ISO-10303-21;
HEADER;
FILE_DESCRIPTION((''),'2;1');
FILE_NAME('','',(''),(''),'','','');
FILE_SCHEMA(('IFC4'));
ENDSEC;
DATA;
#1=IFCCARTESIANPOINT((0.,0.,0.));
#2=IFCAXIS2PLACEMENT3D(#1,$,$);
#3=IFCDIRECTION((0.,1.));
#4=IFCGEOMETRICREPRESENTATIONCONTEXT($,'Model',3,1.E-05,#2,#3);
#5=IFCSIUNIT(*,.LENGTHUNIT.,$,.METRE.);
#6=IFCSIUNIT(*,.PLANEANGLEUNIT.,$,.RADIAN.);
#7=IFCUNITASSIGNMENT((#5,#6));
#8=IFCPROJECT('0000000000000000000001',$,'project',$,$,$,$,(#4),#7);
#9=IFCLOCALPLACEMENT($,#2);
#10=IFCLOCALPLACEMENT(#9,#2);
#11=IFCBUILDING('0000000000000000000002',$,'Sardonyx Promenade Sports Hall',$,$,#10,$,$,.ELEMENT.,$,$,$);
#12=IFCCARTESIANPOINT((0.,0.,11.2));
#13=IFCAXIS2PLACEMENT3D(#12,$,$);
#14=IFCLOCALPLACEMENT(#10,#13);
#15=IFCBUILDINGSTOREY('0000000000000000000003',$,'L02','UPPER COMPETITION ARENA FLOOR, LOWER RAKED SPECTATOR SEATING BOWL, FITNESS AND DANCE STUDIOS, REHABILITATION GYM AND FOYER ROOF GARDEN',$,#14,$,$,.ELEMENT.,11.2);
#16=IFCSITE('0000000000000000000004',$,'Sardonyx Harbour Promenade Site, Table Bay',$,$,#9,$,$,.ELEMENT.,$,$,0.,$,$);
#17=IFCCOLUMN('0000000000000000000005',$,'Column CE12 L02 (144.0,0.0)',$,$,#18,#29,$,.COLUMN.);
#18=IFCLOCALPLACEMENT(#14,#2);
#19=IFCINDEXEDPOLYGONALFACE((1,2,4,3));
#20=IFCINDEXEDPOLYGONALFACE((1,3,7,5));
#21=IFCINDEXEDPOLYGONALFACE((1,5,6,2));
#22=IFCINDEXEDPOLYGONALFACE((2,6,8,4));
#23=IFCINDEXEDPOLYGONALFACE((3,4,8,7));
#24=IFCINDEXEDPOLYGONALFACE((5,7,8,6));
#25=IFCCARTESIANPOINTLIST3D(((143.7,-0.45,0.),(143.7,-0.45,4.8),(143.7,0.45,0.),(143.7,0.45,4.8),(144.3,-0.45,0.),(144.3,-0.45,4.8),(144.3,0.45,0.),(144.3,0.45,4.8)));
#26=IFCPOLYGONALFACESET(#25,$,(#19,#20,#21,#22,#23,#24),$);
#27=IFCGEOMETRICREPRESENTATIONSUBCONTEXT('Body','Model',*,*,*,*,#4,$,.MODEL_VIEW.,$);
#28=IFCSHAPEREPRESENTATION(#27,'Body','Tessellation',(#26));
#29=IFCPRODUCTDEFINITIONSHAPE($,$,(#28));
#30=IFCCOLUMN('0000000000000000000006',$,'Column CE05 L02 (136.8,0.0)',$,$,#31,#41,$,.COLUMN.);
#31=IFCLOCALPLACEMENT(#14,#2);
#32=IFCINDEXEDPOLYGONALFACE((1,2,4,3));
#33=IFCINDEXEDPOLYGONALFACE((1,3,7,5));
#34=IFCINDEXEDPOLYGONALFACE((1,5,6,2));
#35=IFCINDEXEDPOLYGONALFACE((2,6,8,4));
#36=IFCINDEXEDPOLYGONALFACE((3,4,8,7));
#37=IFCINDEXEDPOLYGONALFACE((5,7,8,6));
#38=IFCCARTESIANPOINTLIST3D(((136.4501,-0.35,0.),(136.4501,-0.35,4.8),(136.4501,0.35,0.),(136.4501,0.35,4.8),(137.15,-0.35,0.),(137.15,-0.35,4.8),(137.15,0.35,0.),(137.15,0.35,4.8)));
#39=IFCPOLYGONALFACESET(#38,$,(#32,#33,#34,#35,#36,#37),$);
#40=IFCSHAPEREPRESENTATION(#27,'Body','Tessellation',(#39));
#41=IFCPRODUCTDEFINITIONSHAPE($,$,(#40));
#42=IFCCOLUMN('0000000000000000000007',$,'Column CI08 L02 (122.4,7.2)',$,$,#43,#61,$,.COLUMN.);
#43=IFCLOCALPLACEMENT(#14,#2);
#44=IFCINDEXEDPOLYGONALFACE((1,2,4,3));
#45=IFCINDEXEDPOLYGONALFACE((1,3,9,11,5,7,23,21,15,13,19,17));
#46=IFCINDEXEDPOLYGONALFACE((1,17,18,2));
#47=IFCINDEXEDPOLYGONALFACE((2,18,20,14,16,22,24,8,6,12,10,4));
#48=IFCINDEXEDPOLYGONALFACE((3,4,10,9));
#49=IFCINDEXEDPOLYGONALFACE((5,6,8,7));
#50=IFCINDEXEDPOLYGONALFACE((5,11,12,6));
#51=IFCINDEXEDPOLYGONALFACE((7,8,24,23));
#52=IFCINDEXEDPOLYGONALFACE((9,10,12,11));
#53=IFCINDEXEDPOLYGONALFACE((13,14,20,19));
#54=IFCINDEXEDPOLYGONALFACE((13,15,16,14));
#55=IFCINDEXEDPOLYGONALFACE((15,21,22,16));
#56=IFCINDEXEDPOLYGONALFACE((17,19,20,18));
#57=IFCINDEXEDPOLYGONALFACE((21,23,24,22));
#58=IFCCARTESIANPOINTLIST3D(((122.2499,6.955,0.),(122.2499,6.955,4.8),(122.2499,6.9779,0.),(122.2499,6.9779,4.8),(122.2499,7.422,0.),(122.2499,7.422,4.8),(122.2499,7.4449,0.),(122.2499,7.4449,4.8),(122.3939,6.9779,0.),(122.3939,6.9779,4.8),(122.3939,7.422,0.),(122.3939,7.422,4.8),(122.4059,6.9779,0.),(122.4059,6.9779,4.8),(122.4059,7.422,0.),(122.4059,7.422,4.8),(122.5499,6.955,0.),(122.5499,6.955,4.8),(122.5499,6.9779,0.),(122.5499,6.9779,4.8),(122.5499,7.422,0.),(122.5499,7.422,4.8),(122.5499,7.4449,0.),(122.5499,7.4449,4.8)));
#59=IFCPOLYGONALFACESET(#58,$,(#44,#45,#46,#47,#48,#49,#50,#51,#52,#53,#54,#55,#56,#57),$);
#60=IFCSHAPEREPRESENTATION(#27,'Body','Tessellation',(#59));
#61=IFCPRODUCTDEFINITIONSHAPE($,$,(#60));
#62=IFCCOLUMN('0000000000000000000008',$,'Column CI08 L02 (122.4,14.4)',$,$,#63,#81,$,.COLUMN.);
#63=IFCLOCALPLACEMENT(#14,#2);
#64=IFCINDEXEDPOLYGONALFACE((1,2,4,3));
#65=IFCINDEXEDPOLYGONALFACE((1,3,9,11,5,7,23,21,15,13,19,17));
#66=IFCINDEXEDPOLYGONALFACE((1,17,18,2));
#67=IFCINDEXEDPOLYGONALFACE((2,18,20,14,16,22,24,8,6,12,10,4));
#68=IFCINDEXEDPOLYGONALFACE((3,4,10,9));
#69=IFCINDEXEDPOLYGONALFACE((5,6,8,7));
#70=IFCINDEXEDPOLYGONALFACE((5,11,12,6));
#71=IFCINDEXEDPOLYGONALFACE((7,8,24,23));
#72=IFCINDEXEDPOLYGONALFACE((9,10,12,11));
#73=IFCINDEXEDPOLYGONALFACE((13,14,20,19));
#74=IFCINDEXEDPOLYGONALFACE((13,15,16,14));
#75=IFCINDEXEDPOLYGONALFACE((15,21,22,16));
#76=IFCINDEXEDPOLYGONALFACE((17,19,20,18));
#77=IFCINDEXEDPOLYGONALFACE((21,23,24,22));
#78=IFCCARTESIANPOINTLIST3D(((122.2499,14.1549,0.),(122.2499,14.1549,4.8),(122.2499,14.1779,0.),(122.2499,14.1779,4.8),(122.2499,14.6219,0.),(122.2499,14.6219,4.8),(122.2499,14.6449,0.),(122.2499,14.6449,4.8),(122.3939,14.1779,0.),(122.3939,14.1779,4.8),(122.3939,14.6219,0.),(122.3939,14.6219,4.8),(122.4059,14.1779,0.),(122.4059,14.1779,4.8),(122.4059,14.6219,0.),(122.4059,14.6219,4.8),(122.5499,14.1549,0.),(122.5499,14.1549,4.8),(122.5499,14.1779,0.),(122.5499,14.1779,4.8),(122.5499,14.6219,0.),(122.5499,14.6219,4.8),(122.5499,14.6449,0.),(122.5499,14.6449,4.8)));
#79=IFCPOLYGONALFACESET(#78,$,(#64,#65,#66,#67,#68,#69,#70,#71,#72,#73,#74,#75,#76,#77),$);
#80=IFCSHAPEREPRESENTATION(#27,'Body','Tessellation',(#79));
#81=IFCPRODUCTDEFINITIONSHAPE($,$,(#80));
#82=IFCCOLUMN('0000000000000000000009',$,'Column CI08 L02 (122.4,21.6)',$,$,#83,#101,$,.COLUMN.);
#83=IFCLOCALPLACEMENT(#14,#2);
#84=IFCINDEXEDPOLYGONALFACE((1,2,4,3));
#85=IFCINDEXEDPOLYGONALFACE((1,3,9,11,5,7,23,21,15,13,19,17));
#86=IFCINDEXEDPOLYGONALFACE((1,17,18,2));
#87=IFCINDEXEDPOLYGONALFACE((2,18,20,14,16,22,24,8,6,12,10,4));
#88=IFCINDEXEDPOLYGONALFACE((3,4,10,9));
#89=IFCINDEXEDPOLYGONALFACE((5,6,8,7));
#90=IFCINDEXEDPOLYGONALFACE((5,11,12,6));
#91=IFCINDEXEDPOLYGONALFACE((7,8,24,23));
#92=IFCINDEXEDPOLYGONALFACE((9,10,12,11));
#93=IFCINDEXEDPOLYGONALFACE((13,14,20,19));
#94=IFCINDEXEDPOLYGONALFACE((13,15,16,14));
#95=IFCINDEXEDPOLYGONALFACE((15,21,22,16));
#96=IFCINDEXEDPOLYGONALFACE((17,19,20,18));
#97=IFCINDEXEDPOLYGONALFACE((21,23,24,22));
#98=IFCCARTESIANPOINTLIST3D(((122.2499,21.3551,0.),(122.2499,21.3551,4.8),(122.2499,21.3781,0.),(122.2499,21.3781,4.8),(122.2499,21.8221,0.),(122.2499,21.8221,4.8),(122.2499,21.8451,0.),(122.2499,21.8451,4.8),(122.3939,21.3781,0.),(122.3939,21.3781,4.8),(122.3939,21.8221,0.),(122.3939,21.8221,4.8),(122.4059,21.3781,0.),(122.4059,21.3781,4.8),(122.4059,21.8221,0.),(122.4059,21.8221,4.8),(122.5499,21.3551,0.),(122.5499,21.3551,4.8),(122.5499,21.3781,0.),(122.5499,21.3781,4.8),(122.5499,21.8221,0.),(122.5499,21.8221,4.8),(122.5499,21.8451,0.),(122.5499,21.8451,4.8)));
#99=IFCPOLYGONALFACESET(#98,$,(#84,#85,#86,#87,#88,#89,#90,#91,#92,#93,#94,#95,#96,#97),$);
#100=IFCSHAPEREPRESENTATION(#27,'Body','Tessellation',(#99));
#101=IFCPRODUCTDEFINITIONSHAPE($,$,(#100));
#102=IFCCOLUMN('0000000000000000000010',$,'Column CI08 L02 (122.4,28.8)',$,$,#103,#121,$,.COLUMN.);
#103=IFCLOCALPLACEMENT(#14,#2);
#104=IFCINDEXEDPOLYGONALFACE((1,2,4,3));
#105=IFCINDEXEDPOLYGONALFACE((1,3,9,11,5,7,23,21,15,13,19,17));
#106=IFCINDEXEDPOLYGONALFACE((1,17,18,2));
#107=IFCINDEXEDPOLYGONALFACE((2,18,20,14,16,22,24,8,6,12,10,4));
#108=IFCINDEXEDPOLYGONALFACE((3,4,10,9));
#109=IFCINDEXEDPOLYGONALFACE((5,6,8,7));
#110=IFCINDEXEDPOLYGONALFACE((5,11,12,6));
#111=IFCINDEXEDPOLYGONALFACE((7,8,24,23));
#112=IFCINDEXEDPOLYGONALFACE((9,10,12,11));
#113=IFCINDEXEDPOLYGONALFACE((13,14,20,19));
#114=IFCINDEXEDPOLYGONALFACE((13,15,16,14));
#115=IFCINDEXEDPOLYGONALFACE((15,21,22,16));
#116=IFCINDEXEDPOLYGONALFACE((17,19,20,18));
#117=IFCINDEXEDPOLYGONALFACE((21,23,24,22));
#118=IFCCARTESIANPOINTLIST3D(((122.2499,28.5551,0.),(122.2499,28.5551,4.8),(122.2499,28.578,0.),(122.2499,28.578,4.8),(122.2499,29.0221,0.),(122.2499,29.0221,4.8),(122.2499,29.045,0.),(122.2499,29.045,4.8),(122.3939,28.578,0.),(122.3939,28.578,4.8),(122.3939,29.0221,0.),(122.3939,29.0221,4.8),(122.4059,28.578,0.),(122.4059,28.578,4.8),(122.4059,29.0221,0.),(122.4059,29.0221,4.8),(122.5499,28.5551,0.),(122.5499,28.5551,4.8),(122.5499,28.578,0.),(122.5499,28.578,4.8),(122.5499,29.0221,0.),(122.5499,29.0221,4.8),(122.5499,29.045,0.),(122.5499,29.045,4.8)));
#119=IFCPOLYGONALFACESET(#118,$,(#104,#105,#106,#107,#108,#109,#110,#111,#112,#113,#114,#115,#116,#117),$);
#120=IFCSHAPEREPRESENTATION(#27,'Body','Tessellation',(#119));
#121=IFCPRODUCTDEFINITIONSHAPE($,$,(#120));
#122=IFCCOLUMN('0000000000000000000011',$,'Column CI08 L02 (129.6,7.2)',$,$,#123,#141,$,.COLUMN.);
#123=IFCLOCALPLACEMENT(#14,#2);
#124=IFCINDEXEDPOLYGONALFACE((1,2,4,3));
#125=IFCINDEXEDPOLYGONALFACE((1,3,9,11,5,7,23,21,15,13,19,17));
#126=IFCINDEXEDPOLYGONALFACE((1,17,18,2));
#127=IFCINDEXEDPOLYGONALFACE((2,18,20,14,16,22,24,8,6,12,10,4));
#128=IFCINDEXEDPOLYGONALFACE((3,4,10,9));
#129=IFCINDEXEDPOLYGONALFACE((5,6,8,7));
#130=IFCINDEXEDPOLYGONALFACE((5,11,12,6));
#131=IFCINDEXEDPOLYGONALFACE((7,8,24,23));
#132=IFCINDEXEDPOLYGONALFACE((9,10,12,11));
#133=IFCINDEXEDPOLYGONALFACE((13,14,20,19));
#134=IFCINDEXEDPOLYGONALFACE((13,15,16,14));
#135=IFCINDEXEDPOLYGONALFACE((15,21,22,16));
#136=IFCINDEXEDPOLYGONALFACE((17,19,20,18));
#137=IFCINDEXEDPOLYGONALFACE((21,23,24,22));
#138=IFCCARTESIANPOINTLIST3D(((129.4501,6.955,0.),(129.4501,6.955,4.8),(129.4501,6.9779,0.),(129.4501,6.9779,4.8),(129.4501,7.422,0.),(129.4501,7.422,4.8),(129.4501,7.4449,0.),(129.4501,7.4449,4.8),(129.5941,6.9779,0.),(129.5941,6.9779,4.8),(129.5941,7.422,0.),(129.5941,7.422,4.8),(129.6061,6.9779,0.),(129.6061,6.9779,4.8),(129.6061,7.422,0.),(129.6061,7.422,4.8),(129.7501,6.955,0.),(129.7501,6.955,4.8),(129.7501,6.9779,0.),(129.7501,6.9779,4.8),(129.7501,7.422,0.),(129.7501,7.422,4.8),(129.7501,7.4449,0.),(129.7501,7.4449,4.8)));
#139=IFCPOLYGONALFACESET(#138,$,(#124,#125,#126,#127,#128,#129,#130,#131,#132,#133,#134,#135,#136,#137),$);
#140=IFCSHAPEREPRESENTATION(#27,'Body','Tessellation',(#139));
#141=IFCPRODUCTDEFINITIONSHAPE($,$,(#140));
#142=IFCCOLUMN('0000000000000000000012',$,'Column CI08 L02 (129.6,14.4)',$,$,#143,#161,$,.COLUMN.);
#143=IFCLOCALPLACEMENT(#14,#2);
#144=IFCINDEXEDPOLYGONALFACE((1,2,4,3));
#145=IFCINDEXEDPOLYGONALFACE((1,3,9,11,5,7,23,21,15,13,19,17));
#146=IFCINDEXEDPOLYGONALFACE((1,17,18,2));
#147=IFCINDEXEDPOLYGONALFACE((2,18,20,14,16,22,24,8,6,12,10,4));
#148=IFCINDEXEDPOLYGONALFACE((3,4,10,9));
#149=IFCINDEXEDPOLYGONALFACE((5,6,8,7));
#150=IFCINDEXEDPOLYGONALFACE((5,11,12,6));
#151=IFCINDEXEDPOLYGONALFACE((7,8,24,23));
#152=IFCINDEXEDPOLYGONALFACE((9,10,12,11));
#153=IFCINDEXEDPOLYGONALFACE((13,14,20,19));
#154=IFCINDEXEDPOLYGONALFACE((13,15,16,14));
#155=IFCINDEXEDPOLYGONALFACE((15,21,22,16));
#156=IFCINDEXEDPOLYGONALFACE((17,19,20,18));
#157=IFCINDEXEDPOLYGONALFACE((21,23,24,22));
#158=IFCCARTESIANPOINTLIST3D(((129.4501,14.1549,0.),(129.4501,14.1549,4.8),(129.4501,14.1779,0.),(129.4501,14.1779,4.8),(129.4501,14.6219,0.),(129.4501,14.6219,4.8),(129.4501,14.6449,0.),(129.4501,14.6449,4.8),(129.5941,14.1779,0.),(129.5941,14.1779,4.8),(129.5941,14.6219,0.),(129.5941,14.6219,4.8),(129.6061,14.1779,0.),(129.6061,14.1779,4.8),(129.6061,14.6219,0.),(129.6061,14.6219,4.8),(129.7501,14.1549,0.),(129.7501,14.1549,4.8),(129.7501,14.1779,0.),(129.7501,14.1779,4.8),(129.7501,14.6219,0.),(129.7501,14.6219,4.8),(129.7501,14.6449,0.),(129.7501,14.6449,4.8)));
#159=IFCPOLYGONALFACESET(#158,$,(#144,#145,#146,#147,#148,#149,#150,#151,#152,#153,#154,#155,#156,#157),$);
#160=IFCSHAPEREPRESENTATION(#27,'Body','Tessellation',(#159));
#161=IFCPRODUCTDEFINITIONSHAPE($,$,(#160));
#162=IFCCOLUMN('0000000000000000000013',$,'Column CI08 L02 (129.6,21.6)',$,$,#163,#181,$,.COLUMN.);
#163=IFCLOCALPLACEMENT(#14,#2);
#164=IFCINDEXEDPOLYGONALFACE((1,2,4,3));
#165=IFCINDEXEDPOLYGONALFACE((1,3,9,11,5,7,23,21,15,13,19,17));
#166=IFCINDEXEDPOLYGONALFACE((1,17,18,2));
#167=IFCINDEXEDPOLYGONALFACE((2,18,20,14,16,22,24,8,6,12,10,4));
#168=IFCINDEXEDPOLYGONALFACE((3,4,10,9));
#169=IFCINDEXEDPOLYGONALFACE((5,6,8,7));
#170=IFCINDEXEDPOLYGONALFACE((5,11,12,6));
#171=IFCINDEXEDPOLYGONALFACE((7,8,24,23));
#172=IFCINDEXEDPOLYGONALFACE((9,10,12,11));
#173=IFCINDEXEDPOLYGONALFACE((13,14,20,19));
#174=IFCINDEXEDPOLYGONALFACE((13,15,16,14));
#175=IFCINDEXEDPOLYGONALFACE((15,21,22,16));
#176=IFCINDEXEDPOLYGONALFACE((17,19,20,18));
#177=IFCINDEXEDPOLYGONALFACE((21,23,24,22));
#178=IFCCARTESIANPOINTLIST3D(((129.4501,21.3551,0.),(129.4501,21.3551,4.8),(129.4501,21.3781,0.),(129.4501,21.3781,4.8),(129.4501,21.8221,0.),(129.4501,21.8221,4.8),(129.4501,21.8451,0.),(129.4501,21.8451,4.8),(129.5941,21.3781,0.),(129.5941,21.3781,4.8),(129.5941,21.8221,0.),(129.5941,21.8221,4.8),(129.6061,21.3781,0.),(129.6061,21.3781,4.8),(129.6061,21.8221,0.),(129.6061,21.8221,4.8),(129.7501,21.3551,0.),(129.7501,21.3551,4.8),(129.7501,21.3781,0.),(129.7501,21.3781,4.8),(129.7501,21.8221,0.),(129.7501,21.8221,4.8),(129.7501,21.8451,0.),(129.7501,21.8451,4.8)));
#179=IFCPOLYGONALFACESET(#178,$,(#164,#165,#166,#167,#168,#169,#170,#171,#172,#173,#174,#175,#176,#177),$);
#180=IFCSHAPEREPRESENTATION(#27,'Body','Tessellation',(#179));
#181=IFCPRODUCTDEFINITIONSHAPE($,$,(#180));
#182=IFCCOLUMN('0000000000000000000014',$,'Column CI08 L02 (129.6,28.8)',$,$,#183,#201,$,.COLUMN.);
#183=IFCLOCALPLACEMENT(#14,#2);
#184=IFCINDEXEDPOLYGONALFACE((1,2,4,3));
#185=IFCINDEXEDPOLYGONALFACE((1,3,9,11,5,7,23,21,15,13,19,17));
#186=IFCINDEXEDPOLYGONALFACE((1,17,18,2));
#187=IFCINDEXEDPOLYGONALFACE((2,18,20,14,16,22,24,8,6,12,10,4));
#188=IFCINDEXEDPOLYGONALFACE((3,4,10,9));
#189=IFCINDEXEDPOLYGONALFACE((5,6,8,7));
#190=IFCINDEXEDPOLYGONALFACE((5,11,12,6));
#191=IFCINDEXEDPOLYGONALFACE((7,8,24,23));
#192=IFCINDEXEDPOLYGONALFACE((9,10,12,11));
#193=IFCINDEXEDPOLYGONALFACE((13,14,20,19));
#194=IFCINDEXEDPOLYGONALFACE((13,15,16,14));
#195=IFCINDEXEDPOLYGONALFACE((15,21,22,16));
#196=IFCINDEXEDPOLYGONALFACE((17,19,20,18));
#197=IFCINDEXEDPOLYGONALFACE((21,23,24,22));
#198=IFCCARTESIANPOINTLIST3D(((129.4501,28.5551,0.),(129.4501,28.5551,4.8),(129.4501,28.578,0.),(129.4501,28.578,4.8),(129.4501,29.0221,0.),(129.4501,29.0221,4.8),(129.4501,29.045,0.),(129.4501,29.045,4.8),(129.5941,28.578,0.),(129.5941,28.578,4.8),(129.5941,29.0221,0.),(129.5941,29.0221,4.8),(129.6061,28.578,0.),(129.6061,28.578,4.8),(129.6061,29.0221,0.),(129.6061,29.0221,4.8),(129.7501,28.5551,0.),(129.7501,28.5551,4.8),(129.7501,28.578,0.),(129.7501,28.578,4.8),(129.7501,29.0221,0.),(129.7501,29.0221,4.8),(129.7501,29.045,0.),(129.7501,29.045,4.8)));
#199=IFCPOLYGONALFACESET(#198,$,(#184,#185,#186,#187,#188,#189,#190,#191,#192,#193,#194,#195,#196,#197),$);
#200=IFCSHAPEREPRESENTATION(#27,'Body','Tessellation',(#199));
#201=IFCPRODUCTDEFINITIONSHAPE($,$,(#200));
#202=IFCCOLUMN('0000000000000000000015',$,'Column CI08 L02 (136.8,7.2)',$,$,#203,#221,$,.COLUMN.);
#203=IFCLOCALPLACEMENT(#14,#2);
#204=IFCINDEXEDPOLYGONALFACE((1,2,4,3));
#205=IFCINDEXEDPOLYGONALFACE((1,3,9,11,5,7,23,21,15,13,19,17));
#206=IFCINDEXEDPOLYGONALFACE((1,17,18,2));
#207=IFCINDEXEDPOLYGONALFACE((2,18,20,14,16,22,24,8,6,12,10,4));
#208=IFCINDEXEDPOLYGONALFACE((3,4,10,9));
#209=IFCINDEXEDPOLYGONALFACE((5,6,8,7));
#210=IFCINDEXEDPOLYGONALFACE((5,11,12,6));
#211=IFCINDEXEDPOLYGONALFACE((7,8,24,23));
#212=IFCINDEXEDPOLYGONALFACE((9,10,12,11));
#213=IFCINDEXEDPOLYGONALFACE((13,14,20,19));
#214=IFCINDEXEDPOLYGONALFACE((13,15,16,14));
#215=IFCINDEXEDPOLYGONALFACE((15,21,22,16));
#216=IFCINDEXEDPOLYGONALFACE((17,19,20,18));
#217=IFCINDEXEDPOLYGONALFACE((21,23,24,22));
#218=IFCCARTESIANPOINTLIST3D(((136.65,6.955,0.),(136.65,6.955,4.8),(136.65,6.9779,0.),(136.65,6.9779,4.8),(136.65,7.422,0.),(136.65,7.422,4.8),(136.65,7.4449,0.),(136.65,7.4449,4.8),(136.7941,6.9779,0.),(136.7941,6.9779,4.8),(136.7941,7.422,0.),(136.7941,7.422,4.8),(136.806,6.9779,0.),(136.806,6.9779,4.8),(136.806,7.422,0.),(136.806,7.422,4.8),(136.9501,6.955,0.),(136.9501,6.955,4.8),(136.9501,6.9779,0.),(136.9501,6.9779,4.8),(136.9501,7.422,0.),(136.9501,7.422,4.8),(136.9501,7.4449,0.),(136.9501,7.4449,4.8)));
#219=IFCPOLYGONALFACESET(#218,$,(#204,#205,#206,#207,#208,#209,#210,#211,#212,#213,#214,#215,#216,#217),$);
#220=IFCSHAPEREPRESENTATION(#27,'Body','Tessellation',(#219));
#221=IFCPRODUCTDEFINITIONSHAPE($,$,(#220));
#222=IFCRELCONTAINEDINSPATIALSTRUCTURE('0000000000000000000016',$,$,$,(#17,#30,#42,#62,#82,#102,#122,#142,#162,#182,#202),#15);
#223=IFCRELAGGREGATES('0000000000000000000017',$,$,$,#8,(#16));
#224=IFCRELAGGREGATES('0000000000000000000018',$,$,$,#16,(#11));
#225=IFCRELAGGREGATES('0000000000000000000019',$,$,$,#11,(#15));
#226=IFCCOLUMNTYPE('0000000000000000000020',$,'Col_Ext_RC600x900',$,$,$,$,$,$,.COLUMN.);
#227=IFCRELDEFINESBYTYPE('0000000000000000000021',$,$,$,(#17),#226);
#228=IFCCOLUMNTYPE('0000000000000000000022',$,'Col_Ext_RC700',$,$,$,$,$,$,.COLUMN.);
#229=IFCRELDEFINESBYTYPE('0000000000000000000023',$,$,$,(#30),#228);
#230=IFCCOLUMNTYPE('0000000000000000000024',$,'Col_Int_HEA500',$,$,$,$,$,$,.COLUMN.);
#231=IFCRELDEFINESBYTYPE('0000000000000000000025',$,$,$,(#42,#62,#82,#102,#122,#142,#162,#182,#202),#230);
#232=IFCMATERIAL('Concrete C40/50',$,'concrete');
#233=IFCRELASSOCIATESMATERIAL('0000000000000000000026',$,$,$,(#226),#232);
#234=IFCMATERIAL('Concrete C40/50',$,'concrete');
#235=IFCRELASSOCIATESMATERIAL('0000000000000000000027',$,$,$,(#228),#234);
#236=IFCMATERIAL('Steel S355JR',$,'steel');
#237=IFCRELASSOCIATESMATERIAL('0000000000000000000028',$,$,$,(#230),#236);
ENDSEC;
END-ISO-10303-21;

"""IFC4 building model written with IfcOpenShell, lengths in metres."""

from ifc_helpers import new_model, si_unit, direction, frame, origin, origin_2d, place, context, subcontext, project, spatial, rectangle, i_section, extrude, material, material_profile, profile_set, type_object, element, save


model = new_model("IFC4")

# Units and contexts
model_context = context("Model", 3, precision=1e-05, world=origin(), true_north=direction((0.0, 1.0)))
body_context = subcontext(model_context, "Body", "Model", "MODEL_VIEW")
ifc_project = project(units=[si_unit("LENGTHUNIT", "METRE"), si_unit("PLANEANGLEUNIT", "RADIAN")], contexts=[model_context])

# Site, building, storey
site_placement = place(None, origin())
site = spatial("IfcSite", under=ifc_project, at=site_placement, Name="Sardonyx Harbour Promenade Site, Table Bay", CompositionType="ELEMENT", RefElevation=0.0)
building_placement = place(site_placement, origin())
building = spatial("IfcBuilding", under=site, at=building_placement, Name="Sardonyx Promenade Sports Hall", CompositionType="ELEMENT")
storey_placement = place(building_placement, frame((0.0, 0.0, 11.2)))
storey = spatial("IfcBuildingStorey", under=building, at=storey_placement, Name="L02", Description="UPPER COMPETITION ARENA FLOOR, LOWER RAKED SPECTATOR SEATING BOWL, FITNESS AND DANCE STUDIOS, REHABILITATION GYM AND FOYER ROOF GARDEN", CompositionType="ELEMENT", Elevation=11.2)

# Columns
ifc_material_1 = material(Name="Concrete C40/50", Category="concrete")
ifc_material_profile_1 = material_profile(ifc_material_1, rectangle(XDim=0.6001, YDim=0.8999, at=origin_2d()))
ifc_profile_set_1 = profile_set([ifc_material_profile_1], Name="Concrete C40/50")
column_type_1 = type_object("IfcColumnType", Name="Col_Ext_RC600x900", PredefinedType="COLUMN", material=ifc_profile_set_1)
column_1_placement = place(storey_placement, frame((144.0, 0.0, 0.0), z_axis=(0.0, 0.0, 1.0), x_axis=(1.0, 0.0, 0.0)))
element("IfcColumn", 1, at=column_1_placement, inside=storey, type_object=column_type_1, Name="Column CE12 L02 (144.0,0.0)", PredefinedType="COLUMN", context=body_context, shape_type="SweptSolid", body=[
    extrude(rectangle(XDim=0.6001, YDim=0.8999, at=origin_2d()), origin(), (0.0, 0.0, 1.0), 4.8),
])
ifc_material_2 = material(Name="Concrete C40/50", Category="concrete")
ifc_material_profile_2 = material_profile(ifc_material_2, rectangle(XDim=0.7, YDim=0.7, at=origin_2d()))
ifc_profile_set_2 = profile_set([ifc_material_profile_2], Name="Concrete C40/50")
column_type_2 = type_object("IfcColumnType", Name="Col_Ext_RC700", PredefinedType="COLUMN", material=ifc_profile_set_2)
column_2_placement = place(storey_placement, frame((136.8, 0.0, 0.0), z_axis=(0.0, 0.0, 1.0), x_axis=(1.0, 0.0, 0.0)))
element("IfcColumn", 2, at=column_2_placement, inside=storey, type_object=column_type_2, Name="Column CE05 L02 (136.8,0.0)", PredefinedType="COLUMN", context=body_context, shape_type="SweptSolid", body=[
    extrude(rectangle(XDim=0.7, YDim=0.7, at=origin_2d()), origin(), (0.0, 0.0, 1.0), 4.8),
])
ifc_material_3 = material(Name="Steel S355JR", Category="steel")
ifc_material_profile_3 = material_profile(ifc_material_3, i_section(OverallWidth=0.3, OverallDepth=0.49, WebThickness=0.012, FlangeThickness=0.0229, at=origin_2d()))
ifc_profile_set_3 = profile_set([ifc_material_profile_3], Name="Steel S355JR")
column_type_3 = type_object("IfcColumnType", Name="Col_Int_HEA500", PredefinedType="COLUMN", material=ifc_profile_set_3)
for number, where, z_axis, x_axis, name in (
    (3, (122.3999, 7.2, 0.0), (0.0, 0.0, 1.0), (1.0, 0.0, 0.0), "Column CI08 L02 (122.4,7.2)"),
    (4, (122.3999, 14.3999, 0.0), (0.0, 0.0, 1.0), (1.0, 0.0, 0.0), "Column CI08 L02 (122.4,14.4)"),
    (5, (122.3999, 21.6001, 0.0), (0.0, 0.0, 1.0), (1.0, 0.0, 0.0), "Column CI08 L02 (122.4,21.6)"),
    (6, (122.3999, 28.8, 0.0), (0.0, 0.0, 1.0), (1.0, 0.0, 0.0), "Column CI08 L02 (122.4,28.8)"),
    (7, (129.6001, 7.2, 0.0), (0.0, 0.0, 1.0), (1.0, 0.0, 0.0), "Column CI08 L02 (129.6,7.2)"),
    (8, (129.6001, 14.3999, 0.0), (0.0, 0.0, 1.0), (1.0, 0.0, 0.0), "Column CI08 L02 (129.6,14.4)"),
    (9, (129.6001, 21.6001, 0.0), (0.0, 0.0, 1.0), (1.0, 0.0, 0.0), "Column CI08 L02 (129.6,21.6)"),
    (10, (129.6001, 28.8, 0.0), (0.0, 0.0, 1.0), (1.0, 0.0, 0.0), "Column CI08 L02 (129.6,28.8)"),
    (11, (136.8, 7.2, 0.0), (0.0, 0.0, 1.0), (1.0, 0.0, 0.0), "Column CI08 L02 (136.8,7.2)"),
):
    element("IfcColumn", number, at=place(storey_placement, frame(where, z_axis=z_axis, x_axis=x_axis)), inside=storey, type_object=column_type_3, Name=name, PredefinedType="COLUMN", context=body_context, shape_type="SweptSolid", body=[
        extrude(i_section(OverallWidth=0.3, OverallDepth=0.49, WebThickness=0.012, FlangeThickness=0.0229, at=origin_2d()), origin(), (0.0, 0.0, 1.0), 4.8),
    ])

save(model, "model.ifc")
